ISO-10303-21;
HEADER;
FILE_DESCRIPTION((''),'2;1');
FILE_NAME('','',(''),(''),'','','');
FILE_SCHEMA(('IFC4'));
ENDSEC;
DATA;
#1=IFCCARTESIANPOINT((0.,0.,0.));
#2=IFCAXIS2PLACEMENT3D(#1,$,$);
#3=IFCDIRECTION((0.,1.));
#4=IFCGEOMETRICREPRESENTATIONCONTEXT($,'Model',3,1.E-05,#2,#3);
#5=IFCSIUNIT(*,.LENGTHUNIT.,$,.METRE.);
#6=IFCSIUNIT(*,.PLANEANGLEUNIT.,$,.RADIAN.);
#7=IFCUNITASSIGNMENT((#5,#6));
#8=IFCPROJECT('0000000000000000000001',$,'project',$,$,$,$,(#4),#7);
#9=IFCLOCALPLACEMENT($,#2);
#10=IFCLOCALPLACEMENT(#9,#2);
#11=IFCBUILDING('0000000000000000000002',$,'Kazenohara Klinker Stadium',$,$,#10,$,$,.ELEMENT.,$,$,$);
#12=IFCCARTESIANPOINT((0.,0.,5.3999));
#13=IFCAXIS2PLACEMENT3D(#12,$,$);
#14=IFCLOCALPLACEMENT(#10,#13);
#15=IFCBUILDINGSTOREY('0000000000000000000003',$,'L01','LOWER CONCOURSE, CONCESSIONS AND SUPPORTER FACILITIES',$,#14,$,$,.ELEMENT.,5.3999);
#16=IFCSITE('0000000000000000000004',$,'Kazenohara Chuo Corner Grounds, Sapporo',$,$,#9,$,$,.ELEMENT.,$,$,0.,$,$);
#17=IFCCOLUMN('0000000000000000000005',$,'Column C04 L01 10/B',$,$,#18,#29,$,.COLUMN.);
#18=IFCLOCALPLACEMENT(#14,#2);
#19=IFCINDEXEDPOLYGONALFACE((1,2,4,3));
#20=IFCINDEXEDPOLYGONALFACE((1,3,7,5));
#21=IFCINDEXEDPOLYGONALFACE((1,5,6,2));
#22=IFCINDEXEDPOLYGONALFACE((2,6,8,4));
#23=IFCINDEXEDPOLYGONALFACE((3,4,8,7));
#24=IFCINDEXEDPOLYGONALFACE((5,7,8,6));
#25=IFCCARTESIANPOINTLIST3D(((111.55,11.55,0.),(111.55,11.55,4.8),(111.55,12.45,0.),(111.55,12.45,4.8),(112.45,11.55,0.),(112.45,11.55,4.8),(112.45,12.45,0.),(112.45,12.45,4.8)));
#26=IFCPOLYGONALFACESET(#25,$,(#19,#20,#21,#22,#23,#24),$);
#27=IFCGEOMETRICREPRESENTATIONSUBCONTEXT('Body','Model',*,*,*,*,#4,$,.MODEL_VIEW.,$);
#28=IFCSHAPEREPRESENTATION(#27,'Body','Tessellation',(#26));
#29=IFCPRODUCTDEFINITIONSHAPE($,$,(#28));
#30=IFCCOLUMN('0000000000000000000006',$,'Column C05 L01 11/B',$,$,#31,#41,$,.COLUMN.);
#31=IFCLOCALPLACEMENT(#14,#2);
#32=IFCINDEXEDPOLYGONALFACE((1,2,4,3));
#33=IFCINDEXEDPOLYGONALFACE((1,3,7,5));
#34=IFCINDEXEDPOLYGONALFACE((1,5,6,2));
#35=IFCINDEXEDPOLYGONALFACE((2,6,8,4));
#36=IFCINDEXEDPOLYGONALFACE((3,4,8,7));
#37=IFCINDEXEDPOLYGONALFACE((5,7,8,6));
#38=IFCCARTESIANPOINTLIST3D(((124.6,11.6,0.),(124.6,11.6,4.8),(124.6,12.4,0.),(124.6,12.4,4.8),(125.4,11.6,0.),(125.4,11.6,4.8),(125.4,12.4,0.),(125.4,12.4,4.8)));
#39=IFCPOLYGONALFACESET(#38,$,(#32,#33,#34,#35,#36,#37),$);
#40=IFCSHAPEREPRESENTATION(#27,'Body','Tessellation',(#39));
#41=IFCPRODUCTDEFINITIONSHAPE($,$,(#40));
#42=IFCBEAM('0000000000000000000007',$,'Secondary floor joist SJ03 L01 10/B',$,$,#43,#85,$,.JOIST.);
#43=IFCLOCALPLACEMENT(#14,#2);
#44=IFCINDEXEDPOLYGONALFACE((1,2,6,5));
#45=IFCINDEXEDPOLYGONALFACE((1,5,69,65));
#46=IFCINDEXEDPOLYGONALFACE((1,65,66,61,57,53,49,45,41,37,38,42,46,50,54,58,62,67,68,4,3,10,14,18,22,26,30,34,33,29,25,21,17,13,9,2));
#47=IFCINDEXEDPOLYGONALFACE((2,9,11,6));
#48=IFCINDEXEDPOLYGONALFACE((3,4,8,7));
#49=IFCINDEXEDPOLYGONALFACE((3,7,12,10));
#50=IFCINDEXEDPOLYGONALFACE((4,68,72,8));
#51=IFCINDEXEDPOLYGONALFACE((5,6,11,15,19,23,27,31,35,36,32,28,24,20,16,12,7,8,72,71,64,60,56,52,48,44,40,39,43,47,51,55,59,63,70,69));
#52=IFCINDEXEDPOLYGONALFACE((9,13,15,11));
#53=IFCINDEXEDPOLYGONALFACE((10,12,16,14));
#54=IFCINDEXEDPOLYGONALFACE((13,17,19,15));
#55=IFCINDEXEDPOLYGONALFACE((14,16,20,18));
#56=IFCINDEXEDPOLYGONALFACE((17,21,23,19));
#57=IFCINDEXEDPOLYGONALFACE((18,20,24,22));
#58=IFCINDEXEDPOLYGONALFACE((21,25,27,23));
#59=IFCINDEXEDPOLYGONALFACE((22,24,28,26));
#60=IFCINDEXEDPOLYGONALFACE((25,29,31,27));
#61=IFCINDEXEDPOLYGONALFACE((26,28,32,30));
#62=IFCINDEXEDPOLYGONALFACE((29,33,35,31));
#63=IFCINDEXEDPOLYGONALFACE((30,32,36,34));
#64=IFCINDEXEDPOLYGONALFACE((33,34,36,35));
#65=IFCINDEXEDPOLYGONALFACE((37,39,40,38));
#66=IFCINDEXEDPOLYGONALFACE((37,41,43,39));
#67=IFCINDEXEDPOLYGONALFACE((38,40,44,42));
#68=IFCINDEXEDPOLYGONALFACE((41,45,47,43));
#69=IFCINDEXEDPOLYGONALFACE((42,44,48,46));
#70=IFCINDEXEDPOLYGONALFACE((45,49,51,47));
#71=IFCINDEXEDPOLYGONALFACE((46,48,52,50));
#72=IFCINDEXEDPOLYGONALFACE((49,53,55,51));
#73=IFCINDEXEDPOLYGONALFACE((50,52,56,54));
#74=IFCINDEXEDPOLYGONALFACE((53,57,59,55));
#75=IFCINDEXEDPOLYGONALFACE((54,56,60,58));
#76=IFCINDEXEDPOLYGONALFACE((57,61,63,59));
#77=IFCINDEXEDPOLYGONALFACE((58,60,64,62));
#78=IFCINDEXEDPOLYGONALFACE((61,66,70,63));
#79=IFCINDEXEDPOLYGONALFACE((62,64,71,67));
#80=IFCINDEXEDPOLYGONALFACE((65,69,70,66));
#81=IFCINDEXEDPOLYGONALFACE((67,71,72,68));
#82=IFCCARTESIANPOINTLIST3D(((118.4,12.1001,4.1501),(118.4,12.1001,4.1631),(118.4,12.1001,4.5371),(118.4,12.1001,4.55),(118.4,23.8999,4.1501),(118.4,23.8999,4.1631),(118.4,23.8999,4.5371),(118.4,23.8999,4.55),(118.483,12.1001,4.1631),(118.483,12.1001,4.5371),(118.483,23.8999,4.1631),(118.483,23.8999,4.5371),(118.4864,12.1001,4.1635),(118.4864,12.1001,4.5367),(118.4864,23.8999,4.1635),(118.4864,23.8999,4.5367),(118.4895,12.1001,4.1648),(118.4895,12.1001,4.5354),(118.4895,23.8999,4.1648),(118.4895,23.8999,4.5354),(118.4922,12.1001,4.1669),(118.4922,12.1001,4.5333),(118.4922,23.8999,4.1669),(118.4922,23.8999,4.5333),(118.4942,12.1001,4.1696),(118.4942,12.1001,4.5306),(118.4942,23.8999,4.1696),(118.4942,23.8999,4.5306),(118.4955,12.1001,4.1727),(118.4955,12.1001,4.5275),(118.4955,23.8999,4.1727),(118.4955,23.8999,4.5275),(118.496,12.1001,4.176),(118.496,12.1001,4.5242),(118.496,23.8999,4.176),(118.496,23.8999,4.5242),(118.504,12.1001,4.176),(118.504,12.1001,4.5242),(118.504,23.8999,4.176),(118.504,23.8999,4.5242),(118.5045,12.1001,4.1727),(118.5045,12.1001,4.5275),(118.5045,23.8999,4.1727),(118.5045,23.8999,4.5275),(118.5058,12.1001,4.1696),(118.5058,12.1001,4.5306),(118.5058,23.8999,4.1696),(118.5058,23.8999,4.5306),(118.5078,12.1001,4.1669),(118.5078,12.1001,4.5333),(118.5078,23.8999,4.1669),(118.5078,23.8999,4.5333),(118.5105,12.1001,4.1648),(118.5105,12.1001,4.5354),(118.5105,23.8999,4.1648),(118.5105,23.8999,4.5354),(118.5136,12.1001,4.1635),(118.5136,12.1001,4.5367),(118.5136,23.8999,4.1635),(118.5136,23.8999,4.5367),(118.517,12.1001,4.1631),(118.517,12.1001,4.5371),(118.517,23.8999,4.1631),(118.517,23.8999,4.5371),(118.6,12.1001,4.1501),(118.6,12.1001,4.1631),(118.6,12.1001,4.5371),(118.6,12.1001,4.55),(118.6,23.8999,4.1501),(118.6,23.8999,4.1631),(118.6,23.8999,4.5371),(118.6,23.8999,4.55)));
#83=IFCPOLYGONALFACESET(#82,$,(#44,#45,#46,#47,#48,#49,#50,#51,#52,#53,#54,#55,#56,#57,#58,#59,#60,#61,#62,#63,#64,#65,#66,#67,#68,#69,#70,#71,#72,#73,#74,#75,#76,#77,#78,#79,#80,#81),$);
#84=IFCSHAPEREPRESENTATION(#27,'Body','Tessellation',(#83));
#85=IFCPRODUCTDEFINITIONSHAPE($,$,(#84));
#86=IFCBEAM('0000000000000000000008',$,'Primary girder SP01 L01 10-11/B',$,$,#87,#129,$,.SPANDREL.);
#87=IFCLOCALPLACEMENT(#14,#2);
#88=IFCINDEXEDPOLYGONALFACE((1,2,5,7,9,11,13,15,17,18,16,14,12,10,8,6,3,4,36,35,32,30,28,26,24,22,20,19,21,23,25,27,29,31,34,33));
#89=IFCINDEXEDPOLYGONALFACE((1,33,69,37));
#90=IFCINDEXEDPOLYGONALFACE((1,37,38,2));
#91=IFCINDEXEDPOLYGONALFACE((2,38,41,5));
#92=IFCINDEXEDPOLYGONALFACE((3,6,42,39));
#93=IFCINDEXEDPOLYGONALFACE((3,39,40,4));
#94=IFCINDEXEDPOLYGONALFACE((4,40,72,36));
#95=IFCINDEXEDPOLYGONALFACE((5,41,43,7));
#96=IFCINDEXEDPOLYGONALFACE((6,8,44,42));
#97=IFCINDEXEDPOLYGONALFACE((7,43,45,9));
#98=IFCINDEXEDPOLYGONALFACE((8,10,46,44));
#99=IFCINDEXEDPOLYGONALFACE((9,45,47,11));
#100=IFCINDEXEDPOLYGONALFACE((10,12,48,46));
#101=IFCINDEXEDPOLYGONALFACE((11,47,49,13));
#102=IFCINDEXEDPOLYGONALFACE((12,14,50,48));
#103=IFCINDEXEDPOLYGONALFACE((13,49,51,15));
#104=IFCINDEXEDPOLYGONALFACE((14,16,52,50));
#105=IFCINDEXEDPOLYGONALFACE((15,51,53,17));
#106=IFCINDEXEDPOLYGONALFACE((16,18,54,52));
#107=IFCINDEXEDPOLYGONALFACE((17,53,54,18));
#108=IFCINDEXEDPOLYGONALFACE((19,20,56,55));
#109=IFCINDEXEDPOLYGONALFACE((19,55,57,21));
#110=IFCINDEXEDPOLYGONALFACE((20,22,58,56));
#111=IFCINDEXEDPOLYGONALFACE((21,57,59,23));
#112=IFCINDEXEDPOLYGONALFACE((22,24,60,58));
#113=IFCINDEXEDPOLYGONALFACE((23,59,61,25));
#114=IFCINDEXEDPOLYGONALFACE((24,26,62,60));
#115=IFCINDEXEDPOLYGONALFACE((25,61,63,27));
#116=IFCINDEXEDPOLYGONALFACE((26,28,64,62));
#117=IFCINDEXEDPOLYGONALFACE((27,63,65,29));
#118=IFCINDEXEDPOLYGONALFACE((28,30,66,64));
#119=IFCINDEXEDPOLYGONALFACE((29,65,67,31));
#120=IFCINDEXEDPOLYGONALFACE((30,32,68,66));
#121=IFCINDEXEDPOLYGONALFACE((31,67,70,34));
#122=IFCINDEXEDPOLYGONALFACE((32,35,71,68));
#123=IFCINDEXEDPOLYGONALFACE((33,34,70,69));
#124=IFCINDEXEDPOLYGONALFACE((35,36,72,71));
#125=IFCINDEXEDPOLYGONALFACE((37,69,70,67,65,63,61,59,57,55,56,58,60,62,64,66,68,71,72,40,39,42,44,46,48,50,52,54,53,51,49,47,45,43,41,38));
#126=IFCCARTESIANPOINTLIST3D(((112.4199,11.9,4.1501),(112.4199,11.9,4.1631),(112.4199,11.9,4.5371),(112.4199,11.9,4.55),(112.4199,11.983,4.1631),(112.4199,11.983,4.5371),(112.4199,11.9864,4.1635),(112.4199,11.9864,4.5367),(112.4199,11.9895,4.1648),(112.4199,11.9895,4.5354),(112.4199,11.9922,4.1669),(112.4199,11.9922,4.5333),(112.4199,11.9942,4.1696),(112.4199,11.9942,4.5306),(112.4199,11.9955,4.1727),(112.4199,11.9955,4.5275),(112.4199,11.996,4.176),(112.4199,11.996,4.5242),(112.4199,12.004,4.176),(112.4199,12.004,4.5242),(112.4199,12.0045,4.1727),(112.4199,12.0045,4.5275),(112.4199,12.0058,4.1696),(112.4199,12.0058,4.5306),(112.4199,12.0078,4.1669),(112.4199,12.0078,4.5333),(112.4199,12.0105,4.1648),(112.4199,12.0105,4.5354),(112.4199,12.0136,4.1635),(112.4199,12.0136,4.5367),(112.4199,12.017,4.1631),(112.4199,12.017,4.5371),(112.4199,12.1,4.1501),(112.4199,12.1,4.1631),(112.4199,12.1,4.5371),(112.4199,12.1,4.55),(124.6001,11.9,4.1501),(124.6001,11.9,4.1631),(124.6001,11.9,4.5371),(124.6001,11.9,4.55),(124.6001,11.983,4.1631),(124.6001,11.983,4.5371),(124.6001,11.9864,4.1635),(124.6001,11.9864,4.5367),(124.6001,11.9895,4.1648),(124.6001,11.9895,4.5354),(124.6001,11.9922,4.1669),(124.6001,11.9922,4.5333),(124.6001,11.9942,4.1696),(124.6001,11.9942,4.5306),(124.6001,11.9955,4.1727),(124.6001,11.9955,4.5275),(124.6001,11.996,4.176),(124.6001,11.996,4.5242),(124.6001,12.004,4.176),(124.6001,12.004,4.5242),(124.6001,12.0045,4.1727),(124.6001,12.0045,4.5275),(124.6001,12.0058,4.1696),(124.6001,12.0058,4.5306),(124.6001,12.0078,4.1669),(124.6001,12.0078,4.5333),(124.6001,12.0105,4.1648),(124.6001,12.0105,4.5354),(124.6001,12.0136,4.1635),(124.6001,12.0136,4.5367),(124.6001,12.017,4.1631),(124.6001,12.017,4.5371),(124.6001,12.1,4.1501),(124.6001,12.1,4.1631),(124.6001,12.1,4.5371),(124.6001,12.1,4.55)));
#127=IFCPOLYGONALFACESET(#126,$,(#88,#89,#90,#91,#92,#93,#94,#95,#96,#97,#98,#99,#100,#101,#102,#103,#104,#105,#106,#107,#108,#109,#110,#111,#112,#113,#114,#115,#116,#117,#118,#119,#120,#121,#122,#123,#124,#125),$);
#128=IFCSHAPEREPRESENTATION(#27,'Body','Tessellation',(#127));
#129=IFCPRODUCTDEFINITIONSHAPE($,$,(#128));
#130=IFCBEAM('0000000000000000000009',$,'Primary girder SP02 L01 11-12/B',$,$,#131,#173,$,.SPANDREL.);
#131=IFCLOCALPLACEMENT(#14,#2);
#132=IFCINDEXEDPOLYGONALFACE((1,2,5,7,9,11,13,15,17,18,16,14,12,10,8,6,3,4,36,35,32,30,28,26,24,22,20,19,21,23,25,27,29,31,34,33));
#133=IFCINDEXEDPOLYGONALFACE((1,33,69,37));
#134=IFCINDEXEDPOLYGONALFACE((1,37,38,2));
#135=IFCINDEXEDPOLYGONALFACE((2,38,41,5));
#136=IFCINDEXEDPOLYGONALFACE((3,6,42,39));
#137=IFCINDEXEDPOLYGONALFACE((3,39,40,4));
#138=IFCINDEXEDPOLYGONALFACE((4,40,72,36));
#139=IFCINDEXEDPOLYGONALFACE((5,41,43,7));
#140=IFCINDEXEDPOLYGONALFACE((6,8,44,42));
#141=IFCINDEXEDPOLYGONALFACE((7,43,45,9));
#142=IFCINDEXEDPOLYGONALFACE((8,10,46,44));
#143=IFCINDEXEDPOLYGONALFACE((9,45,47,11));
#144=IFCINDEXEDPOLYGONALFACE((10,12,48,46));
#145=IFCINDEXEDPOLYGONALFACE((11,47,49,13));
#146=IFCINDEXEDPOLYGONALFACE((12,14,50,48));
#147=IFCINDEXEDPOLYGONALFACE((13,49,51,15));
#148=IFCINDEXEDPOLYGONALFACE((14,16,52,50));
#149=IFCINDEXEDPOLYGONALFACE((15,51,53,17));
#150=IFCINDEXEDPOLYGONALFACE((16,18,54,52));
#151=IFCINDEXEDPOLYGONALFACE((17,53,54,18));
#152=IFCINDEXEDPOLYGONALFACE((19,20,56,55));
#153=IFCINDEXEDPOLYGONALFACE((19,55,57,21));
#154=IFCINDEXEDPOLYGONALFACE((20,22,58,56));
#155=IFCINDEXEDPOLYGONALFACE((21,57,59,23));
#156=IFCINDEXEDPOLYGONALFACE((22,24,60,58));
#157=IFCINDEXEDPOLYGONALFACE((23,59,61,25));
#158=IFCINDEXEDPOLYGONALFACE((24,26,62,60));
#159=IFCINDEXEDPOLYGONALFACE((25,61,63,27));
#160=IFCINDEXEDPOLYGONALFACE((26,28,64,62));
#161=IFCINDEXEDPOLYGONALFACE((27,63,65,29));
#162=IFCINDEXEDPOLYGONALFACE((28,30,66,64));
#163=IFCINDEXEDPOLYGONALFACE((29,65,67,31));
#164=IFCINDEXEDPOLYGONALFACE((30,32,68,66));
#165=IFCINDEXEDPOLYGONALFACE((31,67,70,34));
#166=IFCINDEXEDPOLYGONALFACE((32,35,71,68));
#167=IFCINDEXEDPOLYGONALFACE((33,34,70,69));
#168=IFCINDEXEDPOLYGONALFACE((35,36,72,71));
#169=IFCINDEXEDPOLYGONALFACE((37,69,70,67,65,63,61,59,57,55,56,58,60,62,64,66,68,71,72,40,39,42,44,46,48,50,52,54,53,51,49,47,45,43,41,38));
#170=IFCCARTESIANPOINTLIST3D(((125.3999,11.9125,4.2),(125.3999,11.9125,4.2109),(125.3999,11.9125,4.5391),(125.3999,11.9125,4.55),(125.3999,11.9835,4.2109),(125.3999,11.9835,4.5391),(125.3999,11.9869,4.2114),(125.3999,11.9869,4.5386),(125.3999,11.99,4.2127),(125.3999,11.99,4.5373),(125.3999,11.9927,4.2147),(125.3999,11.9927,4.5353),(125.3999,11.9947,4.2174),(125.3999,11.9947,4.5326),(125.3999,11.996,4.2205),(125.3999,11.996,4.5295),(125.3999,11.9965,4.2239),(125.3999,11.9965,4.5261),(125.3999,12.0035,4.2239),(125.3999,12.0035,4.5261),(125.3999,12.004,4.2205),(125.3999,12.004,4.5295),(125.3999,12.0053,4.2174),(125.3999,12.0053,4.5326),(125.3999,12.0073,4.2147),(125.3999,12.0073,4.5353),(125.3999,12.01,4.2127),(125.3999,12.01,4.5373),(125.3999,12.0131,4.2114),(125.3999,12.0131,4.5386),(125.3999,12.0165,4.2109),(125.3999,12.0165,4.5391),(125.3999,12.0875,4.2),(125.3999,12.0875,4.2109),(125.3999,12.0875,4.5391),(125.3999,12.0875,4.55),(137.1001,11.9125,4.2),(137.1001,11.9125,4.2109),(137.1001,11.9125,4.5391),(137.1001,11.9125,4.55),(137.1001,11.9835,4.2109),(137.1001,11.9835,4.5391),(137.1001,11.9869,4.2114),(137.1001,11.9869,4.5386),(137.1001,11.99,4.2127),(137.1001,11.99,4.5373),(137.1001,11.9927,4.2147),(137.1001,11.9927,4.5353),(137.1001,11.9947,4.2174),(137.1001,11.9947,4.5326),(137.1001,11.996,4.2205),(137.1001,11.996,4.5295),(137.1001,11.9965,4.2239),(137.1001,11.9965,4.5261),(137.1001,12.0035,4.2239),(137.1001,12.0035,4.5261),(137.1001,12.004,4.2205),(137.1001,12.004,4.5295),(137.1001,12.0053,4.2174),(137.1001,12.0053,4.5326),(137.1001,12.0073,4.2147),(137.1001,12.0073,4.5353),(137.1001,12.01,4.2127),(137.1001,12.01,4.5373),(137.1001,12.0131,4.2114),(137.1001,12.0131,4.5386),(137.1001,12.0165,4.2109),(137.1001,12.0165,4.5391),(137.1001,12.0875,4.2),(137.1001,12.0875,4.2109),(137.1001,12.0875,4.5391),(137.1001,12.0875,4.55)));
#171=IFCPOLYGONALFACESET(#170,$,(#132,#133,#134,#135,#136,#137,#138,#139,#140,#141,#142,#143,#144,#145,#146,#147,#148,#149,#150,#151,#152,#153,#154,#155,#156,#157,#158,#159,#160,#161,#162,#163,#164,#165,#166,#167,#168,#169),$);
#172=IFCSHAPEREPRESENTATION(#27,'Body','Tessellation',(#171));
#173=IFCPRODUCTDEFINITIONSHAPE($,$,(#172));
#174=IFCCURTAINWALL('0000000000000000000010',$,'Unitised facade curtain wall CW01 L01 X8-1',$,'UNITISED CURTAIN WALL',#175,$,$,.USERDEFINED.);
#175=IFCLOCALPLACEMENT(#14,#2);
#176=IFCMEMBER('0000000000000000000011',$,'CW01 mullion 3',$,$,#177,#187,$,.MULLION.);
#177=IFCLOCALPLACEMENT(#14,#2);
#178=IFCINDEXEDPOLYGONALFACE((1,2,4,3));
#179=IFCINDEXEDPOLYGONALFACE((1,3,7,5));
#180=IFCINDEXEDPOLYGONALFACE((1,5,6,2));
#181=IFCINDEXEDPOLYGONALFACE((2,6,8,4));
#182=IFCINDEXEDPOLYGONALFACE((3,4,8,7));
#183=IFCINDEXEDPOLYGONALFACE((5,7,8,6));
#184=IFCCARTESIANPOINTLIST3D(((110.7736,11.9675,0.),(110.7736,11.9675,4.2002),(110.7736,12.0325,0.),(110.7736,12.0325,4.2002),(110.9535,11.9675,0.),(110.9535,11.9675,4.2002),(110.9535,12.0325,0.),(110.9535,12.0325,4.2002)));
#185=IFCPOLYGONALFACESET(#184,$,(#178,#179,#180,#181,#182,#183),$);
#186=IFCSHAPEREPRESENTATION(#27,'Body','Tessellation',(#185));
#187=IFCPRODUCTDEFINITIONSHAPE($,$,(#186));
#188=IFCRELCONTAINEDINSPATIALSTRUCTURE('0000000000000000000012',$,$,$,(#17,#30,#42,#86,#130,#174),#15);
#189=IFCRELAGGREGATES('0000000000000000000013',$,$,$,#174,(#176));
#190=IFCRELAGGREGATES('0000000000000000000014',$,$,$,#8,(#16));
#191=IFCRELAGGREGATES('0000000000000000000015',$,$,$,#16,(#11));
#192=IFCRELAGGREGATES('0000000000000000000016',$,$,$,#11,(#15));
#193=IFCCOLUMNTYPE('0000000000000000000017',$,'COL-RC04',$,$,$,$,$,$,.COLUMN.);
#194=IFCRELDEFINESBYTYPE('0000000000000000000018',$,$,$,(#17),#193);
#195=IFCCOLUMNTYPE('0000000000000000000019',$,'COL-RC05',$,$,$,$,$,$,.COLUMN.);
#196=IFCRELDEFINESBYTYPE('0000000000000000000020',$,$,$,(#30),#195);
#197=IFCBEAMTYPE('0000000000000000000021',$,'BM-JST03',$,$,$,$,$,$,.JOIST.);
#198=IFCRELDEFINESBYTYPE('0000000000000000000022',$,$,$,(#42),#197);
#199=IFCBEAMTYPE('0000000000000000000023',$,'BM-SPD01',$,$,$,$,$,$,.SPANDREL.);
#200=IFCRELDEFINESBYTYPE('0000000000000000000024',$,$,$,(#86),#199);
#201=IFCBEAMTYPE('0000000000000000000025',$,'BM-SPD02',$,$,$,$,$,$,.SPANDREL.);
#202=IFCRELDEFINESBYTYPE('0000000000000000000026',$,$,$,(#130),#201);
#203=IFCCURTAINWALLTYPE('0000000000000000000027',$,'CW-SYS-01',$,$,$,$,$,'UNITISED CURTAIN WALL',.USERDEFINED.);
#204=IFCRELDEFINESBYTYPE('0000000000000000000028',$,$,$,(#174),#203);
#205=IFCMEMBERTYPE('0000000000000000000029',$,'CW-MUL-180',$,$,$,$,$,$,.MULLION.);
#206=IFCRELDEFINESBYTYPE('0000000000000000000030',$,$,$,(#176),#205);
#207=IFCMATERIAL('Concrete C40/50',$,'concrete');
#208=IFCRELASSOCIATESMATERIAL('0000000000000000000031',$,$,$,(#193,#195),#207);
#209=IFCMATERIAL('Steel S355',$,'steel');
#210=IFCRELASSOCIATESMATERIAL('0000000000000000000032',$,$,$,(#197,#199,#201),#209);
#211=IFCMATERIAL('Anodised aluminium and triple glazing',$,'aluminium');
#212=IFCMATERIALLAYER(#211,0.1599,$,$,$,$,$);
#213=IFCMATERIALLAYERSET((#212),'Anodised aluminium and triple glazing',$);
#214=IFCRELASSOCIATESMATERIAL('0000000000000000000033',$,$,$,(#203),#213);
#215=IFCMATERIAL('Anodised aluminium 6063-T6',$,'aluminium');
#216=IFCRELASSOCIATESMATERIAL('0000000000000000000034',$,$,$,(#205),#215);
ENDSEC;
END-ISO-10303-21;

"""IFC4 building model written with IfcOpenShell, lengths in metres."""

from ifc_helpers import new_model, si_unit, direction, frame, origin, origin_2d, place, context, subcontext, project, spatial, rectangle, i_section, extrude, material, layer, layer_set, material_profile, profile_set, type_object, element, aggregate, save


model = new_model("IFC4")

# Units and contexts
model_context = context("Model", 3, precision=1e-05, world=origin(), true_north=direction((0.0, 1.0)))
body_context = subcontext(model_context, "Body", "Model", "MODEL_VIEW")
ifc_project = project(units=[si_unit("LENGTHUNIT", "METRE"), si_unit("PLANEANGLEUNIT", "RADIAN")], contexts=[model_context])

# Site, building, storey
site_placement = place(None, origin())
site = spatial("IfcSite", under=ifc_project, at=site_placement, Name="Kazenohara Chuo Corner Grounds, Sapporo", CompositionType="ELEMENT", RefElevation=0.0)
building_placement = place(site_placement, origin())
building = spatial("IfcBuilding", under=site, at=building_placement, Name="Kazenohara Klinker Stadium", CompositionType="ELEMENT")
storey_placement = place(building_placement, frame((0.0, 0.0, 5.3999)))
storey = spatial("IfcBuildingStorey", under=building, at=storey_placement, Name="L01", Description="LOWER CONCOURSE, CONCESSIONS AND SUPPORTER FACILITIES", CompositionType="ELEMENT", Elevation=5.3999)

# Columns
ifc_material_1 = material(Name="Concrete C40/50", Category="concrete")
ifc_material_profile_1 = material_profile(ifc_material_1, rectangle(XDim=0.8999, YDim=0.8999, at=origin_2d()), Name="RC-COL-900x900")
ifc_profile_set_1 = profile_set([ifc_material_profile_1], Name="Concrete C40/50")
column_type_1 = type_object("IfcColumnType", Name="COL-RC04", PredefinedType="COLUMN", material=ifc_profile_set_1)
column_1_placement = place(storey_placement, frame((112.0, 12.0, 0.0), z_axis=(0.0, 0.0, 1.0), x_axis=(1.0, 0.0, 0.0)))
element("IfcColumn", 1, at=column_1_placement, inside=storey, type_object=column_type_1, Name="Column C04 L01 10/B", PredefinedType="COLUMN", context=body_context, shape_type="SweptSolid", body=[
    extrude(rectangle(XDim=0.8999, YDim=0.8999, at=origin_2d()), origin(), (0.0, 0.0, 1.0), 4.8),
])
ifc_material_profile_2 = material_profile(ifc_material_1, rectangle(XDim=0.8, YDim=0.8, at=origin_2d()), Name="RC-COL-800x800")
ifc_profile_set_2 = profile_set([ifc_material_profile_2], Name="Concrete C40/50")
column_type_2 = type_object("IfcColumnType", Name="COL-RC05", PredefinedType="COLUMN", material=ifc_profile_set_2)
column_2_placement = place(storey_placement, frame((125.0, 12.0, 0.0), z_axis=(0.0, 0.0, 1.0), x_axis=(1.0, 0.0, 0.0)))
element("IfcColumn", 2, at=column_2_placement, inside=storey, type_object=column_type_2, Name="Column C05 L01 11/B", PredefinedType="COLUMN", context=body_context, shape_type="SweptSolid", body=[
    extrude(rectangle(XDim=0.8, YDim=0.8, at=origin_2d()), origin(), (0.0, 0.0, 1.0), 4.8),
])

# Beams
ifc_material_2 = material(Name="Steel S355", Category="steel")
ifc_material_profile_3 = material_profile(ifc_material_2, i_section(OverallWidth=0.2, OverallDepth=0.3999, WebThickness=0.0081, FlangeThickness=0.0129, FilletRadius=0.0129, at=origin_2d()), Name="H-400x200x8x13")
ifc_profile_set_3 = profile_set([ifc_material_profile_3], Name="Steel S355")
beam_type_1 = type_object("IfcBeamType", Name="BM-JST03", PredefinedType="JOIST", material=ifc_profile_set_3)
beam_1_placement = place(storey_placement, frame((118.5, 12.1001, 4.3501), z_axis=(0.0, 1.0, 0.0), x_axis=(-1.0, 0.0, 0.0)))
element("IfcBeam", 3, at=beam_1_placement, inside=storey, type_object=beam_type_1, Name="Secondary floor joist SJ03 L01 10/B", PredefinedType="JOIST", context=body_context, shape_type="SweptSolid", body=[
    extrude(i_section(OverallWidth=0.2, OverallDepth=0.3999, WebThickness=0.0081, FlangeThickness=0.0129, FilletRadius=0.0129, at=origin_2d()), origin(), (0.0, 0.0, 1.0), 11.7998),
])
ifc_material_profile_4 = material_profile(ifc_material_2, i_section(OverallWidth=0.2, OverallDepth=0.3999, WebThickness=0.0081, FlangeThickness=0.0129, FilletRadius=0.0129, at=origin_2d()), Name="H-400x200x8x13")
ifc_profile_set_4 = profile_set([ifc_material_profile_4], Name="Steel S355")
beam_type_2 = type_object("IfcBeamType", Name="BM-SPD01", PredefinedType="SPANDREL", material=ifc_profile_set_4)
beam_2_placement = place(storey_placement, frame((112.4199, 12.0, 4.3501), z_axis=(1.0, 0.0, 0.0), x_axis=(0.0, 1.0, 0.0)))
element("IfcBeam", 4, at=beam_2_placement, inside=storey, type_object=beam_type_2, Name="Primary girder SP01 L01 10-11/B", PredefinedType="SPANDREL", context=body_context, shape_type="SweptSolid", body=[
    extrude(i_section(OverallWidth=0.2, OverallDepth=0.3999, WebThickness=0.0081, FlangeThickness=0.0129, FilletRadius=0.0129, at=origin_2d()), origin(), (0.0, 0.0, 1.0), 12.1802),
])
ifc_material_profile_5 = material_profile(ifc_material_2, i_section(OverallWidth=0.175, OverallDepth=0.3501, WebThickness=0.0071, FlangeThickness=0.011, FilletRadius=0.0129, at=origin_2d()), Name="H-350x175x7x11")
ifc_profile_set_5 = profile_set([ifc_material_profile_5], Name="Steel S355")
beam_type_3 = type_object("IfcBeamType", Name="BM-SPD02", PredefinedType="SPANDREL", material=ifc_profile_set_5)
beam_3_placement = place(storey_placement, frame((125.3999, 12.0, 4.375), z_axis=(1.0, 0.0, 0.0), x_axis=(0.0, 1.0, 0.0)))
element("IfcBeam", 5, at=beam_3_placement, inside=storey, type_object=beam_type_3, Name="Primary girder SP02 L01 11-12/B", PredefinedType="SPANDREL", context=body_context, shape_type="SweptSolid", body=[
    extrude(i_section(OverallWidth=0.175, OverallDepth=0.3501, WebThickness=0.0071, FlangeThickness=0.011, FilletRadius=0.0129, at=origin_2d()), origin(), (0.0, 0.0, 1.0), 11.7002),
])

# Curtain wall, member
ifc_material_3 = material(Name="Anodised aluminium and triple glazing", Category="aluminium")
ifc_layer_1 = layer(ifc_material_3, 0.1599)
ifc_layer_set_1 = layer_set([ifc_layer_1], Name="Anodised aluminium and triple glazing")
curtain_wall_type_1 = type_object("IfcCurtainWallType", Name="CW-SYS-01", ElementType="UNITISED CURTAIN WALL", PredefinedType="USERDEFINED", material=ifc_layer_set_1)
curtain_wall_1_placement = place(storey_placement, origin())
curtain_wall_1 = element("IfcCurtainWall", 6, at=curtain_wall_1_placement, inside=storey, type_object=curtain_wall_type_1, Name="Unitised facade curtain wall CW01 L01 X8-1", ObjectType="UNITISED CURTAIN WALL", PredefinedType="USERDEFINED")
ifc_material_4 = material(Name="Anodised aluminium 6063-T6", Category="aluminium")
ifc_material_profile_6 = material_profile(ifc_material_4, rectangle(XDim=0.0649, YDim=0.1799, at=origin_2d()), Name="ALU-MUL-65x180")
ifc_profile_set_6 = profile_set([ifc_material_profile_6], Name="Anodised aluminium 6063-T6")
member_type_1 = type_object("IfcMemberType", Name="CW-MUL-180", PredefinedType="MULLION", material=ifc_profile_set_6)
member_1_placement = place(storey_placement, frame((110.8635, 12.0, 0.0), z_axis=(0.0, 0.0, 1.0), x_axis=(0.0, 1.0, 0.0)))
member_1 = element("IfcMember", 7, at=member_1_placement, type_object=member_type_1, Name="CW01 mullion 3", PredefinedType="MULLION", context=body_context, shape_type="SweptSolid", body=[
    extrude(rectangle(XDim=0.0649, YDim=0.1799, at=origin_2d()), origin(), (0.0, 0.0, 1.0), 4.2002),
])

aggregate(curtain_wall_1, [member_1])

save(model, "model.ifc")
